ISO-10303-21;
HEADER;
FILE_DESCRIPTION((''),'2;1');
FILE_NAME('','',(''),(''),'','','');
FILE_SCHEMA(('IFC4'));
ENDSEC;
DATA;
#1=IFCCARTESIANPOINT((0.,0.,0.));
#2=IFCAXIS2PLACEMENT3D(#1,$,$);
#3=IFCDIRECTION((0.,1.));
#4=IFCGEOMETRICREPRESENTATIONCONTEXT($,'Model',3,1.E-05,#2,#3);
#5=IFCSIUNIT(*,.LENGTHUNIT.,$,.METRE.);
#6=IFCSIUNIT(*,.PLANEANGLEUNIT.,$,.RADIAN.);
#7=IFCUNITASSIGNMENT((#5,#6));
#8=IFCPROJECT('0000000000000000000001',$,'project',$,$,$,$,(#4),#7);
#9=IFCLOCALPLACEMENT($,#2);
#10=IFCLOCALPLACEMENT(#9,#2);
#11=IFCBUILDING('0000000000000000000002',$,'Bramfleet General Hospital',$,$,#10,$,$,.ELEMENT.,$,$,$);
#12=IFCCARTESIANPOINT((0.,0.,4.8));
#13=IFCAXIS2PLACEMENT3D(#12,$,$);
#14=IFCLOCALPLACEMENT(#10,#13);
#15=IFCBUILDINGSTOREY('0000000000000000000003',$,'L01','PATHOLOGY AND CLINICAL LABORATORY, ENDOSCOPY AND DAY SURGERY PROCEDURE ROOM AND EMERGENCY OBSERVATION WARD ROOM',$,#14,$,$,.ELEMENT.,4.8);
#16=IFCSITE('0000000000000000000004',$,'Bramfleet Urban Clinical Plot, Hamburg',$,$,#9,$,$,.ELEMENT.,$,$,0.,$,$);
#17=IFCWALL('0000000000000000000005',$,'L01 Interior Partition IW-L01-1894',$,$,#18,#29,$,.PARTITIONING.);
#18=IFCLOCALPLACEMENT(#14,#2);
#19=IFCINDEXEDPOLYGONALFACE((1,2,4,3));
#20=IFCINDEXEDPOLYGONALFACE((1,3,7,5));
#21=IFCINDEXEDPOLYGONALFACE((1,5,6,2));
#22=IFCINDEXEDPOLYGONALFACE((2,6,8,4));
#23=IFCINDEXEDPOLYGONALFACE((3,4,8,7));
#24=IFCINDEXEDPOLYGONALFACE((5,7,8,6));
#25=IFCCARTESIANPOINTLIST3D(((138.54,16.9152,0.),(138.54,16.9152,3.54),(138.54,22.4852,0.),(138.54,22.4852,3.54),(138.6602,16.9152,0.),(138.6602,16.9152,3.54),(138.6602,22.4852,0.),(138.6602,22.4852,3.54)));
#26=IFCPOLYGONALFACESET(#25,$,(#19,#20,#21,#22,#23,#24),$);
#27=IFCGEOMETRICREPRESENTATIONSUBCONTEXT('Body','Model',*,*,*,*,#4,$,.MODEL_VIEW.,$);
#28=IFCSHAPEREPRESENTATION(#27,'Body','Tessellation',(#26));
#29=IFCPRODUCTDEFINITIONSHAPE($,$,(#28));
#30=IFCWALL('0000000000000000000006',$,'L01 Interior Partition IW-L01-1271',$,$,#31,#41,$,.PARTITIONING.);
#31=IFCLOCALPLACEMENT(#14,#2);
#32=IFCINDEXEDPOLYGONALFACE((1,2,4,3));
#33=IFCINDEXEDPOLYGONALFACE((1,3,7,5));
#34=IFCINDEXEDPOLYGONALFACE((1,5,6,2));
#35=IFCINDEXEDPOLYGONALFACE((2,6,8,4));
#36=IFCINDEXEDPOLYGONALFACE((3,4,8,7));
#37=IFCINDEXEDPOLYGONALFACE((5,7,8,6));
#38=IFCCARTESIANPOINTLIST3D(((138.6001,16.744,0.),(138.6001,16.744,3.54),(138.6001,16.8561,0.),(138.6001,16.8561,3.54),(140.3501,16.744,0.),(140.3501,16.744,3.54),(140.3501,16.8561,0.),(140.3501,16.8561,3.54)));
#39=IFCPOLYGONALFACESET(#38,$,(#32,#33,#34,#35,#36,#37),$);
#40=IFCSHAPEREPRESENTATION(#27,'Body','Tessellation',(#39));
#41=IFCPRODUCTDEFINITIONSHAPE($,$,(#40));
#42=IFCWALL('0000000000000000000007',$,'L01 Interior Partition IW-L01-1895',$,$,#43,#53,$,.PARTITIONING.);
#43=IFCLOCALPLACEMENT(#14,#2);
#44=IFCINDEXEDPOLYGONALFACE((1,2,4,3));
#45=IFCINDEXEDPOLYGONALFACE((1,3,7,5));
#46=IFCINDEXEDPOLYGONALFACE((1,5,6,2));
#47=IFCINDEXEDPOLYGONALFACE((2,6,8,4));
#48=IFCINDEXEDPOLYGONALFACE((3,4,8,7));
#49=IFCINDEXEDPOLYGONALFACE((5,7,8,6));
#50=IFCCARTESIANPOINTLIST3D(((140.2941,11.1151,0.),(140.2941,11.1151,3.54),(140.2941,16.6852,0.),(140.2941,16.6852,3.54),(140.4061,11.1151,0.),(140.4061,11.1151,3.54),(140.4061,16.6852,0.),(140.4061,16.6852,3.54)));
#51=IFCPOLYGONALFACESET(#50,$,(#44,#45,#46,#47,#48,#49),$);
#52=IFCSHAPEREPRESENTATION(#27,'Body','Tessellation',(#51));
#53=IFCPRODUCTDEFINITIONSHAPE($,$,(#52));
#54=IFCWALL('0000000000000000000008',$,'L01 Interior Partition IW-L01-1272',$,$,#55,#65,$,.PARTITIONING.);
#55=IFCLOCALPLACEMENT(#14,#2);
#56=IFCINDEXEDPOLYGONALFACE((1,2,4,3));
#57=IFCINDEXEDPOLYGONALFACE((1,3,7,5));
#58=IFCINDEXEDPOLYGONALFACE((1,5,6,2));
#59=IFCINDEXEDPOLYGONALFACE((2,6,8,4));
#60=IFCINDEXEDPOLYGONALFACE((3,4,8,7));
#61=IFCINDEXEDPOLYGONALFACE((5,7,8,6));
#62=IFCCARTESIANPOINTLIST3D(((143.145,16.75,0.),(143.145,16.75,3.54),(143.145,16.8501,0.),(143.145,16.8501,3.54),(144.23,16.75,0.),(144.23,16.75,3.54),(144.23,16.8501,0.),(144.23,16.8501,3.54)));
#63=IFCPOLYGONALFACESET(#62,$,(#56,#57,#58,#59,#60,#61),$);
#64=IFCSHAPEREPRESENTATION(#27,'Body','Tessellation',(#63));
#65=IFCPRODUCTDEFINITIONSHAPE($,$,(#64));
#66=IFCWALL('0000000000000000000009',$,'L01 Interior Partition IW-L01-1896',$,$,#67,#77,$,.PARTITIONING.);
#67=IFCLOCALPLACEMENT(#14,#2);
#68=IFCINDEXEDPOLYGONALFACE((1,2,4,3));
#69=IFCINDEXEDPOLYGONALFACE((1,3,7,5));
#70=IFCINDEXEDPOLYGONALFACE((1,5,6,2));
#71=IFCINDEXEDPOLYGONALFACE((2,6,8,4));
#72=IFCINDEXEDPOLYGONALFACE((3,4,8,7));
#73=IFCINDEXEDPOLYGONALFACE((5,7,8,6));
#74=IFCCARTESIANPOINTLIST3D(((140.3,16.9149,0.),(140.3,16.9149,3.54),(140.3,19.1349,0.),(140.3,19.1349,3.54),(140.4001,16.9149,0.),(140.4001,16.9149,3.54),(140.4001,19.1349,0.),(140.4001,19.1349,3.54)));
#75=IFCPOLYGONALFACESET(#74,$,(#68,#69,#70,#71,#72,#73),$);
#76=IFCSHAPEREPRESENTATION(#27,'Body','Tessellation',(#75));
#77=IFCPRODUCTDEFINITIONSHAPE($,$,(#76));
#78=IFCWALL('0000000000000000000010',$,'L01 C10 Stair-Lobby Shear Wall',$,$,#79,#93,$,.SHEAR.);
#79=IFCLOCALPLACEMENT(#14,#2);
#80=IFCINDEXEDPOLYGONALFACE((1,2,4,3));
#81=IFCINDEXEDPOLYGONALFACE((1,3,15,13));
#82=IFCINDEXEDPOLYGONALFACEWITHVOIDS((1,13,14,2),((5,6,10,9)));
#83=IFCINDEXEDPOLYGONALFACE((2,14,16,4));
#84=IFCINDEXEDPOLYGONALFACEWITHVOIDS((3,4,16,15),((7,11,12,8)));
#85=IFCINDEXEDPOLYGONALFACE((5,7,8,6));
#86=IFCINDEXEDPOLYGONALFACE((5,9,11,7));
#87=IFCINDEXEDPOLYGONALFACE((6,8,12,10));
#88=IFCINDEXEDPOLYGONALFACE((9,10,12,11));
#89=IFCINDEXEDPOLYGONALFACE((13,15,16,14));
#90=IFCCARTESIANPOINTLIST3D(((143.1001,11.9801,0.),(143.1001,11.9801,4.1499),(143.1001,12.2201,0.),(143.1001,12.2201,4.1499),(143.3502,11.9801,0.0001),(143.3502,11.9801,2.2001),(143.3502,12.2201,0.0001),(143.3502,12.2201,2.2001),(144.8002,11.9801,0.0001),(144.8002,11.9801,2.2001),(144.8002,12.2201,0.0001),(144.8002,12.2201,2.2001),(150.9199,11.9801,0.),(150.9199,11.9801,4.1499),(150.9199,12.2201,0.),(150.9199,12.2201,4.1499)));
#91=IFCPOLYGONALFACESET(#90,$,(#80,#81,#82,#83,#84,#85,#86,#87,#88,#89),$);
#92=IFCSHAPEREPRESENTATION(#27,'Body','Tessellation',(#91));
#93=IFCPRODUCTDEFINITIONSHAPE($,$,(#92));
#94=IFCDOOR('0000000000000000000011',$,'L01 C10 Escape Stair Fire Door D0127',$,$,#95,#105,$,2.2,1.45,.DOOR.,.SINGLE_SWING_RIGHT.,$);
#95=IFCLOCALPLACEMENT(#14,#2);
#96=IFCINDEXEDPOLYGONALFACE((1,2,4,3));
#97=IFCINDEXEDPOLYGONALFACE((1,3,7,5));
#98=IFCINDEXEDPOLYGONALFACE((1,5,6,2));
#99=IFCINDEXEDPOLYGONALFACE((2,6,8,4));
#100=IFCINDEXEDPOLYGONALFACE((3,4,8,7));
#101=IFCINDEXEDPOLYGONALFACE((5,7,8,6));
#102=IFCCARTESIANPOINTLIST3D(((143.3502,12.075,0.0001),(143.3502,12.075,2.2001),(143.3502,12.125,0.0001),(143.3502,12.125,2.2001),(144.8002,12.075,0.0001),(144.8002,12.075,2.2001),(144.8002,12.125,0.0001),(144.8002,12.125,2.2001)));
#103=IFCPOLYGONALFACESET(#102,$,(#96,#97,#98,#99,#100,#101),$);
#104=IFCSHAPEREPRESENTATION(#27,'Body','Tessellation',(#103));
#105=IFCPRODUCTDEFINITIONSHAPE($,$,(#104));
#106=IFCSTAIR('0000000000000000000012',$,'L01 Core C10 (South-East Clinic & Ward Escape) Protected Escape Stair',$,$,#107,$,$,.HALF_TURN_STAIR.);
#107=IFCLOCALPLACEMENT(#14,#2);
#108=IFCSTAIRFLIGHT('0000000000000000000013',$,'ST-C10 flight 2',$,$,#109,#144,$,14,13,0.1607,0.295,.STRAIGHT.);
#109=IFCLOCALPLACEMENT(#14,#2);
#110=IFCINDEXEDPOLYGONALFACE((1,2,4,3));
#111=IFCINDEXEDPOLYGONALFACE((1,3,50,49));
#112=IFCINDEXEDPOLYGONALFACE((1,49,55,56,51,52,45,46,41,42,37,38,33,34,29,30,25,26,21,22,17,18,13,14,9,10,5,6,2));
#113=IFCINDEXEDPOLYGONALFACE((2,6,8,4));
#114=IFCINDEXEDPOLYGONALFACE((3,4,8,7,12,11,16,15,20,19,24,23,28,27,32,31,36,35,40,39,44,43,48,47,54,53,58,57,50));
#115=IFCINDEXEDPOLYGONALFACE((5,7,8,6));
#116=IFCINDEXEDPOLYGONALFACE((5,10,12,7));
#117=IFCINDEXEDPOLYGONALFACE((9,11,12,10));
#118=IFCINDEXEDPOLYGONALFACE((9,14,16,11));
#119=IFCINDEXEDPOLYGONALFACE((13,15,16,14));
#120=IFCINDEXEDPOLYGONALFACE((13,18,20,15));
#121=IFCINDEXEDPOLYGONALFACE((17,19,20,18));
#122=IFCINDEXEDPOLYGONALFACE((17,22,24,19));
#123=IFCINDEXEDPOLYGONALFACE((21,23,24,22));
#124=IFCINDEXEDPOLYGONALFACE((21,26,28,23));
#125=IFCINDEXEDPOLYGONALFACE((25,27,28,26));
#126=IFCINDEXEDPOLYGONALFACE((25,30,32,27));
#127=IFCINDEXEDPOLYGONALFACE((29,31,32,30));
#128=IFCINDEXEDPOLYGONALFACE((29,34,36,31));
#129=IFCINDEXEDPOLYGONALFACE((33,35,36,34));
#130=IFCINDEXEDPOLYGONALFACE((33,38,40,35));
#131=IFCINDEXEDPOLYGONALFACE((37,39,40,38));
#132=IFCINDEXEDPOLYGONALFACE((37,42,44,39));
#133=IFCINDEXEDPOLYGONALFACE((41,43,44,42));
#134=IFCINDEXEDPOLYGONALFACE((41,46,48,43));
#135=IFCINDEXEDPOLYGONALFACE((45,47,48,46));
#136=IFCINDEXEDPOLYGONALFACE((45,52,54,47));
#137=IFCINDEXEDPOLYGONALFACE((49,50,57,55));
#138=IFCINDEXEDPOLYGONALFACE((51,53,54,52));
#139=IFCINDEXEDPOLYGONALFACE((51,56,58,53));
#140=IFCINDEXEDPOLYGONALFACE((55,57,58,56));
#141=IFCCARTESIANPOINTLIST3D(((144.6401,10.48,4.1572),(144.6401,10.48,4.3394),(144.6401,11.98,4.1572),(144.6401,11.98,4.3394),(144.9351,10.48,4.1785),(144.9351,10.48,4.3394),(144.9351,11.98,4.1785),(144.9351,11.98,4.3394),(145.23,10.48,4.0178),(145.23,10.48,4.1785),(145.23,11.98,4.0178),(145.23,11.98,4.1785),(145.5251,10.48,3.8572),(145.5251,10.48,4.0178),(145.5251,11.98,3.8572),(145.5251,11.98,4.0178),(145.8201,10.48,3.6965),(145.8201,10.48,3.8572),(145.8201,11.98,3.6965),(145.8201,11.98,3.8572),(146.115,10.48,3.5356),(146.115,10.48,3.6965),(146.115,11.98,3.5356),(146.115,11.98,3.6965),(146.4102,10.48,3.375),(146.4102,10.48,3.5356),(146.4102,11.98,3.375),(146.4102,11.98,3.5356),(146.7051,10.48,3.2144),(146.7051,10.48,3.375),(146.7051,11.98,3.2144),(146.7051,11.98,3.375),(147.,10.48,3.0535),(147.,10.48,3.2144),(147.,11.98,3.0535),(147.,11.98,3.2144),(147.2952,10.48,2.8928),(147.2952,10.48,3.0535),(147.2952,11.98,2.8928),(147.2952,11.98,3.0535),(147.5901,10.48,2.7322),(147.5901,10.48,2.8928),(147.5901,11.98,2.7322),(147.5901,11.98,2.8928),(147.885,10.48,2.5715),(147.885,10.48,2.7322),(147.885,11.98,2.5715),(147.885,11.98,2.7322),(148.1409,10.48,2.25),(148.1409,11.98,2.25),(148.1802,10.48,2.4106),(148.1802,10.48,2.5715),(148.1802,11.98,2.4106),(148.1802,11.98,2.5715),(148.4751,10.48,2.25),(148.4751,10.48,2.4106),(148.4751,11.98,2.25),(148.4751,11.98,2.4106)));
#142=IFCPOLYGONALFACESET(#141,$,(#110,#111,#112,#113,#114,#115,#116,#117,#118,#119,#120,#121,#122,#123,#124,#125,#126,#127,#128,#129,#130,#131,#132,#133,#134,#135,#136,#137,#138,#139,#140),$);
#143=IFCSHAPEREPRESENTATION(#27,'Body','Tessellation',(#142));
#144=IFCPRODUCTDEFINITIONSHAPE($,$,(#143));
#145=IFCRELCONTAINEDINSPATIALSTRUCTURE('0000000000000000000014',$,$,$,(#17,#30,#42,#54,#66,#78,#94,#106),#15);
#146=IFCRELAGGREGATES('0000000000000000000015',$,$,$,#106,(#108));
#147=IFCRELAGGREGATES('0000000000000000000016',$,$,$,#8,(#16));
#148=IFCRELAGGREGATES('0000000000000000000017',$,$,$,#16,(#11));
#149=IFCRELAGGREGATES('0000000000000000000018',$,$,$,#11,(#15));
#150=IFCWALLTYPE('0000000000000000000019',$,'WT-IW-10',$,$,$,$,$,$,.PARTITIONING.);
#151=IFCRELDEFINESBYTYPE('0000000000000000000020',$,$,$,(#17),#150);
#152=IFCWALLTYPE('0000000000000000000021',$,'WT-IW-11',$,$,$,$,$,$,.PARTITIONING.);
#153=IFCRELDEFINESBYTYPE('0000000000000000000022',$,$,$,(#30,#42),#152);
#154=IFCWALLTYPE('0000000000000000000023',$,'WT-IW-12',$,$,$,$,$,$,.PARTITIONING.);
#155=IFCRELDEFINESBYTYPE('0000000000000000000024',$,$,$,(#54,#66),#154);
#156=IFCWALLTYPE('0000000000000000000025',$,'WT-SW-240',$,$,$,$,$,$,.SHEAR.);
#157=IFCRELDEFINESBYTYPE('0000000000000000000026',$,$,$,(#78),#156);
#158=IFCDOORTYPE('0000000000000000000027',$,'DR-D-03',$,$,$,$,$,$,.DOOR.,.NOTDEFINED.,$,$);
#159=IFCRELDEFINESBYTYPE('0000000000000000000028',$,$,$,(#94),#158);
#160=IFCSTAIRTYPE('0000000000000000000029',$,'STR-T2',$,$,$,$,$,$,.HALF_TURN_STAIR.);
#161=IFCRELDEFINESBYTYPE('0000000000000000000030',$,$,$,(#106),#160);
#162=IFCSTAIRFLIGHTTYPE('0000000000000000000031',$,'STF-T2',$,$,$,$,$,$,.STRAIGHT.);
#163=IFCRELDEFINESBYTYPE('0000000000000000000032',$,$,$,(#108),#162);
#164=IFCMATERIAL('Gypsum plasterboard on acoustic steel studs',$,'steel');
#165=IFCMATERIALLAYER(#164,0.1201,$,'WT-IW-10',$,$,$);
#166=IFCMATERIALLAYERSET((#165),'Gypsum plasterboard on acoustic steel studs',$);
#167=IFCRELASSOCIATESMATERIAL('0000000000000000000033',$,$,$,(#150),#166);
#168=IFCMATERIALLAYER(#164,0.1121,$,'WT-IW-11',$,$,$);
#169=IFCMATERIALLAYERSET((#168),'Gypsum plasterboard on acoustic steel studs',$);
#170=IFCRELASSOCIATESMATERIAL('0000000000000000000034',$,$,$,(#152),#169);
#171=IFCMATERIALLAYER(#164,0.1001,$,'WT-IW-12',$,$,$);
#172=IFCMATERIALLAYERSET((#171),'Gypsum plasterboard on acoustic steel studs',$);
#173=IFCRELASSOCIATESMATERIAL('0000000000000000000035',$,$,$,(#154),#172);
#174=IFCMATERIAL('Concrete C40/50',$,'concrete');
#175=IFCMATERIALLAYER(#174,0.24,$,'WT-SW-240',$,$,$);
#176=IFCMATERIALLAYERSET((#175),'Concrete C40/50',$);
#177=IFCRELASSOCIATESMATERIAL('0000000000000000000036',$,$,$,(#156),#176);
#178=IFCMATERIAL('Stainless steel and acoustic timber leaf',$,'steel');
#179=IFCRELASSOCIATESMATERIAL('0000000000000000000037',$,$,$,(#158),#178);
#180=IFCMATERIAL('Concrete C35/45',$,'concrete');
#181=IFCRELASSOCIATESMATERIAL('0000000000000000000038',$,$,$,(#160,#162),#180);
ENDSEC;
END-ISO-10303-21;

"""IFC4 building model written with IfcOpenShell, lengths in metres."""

from ifc_helpers import new_model, si_unit, direction, frame, frame_2d, origin, place, context, subcontext, project, spatial, polyline, rectangle, outline, extrude, material, layer, layer_set, type_object, element, fill, aggregate, save


model = new_model("IFC4")

# Units and contexts
model_context = context("Model", 3, precision=1e-05, world=origin(), true_north=direction((0.0, 1.0)))
body_context = subcontext(model_context, "Body", "Model", "MODEL_VIEW")
ifc_project = project(units=[si_unit("LENGTHUNIT", "METRE"), si_unit("PLANEANGLEUNIT", "RADIAN")], contexts=[model_context])

# Site, building, storey
site_placement = place(None, origin())
site = spatial("IfcSite", under=ifc_project, at=site_placement, Name="Bramfleet Urban Clinical Plot, Hamburg", CompositionType="ELEMENT", RefElevation=0.0)
building_placement = place(site_placement, origin())
building = spatial("IfcBuilding", under=site, at=building_placement, Name="Bramfleet General Hospital", CompositionType="ELEMENT")
storey_placement = place(building_placement, frame((0.0, 0.0, 4.8)))
storey = spatial("IfcBuildingStorey", under=building, at=storey_placement, Name="L01", Description="PATHOLOGY AND CLINICAL LABORATORY, ENDOSCOPY AND DAY SURGERY PROCEDURE ROOM AND EMERGENCY OBSERVATION WARD ROOM", CompositionType="ELEMENT", Elevation=4.8)

# Shared definitions
ifc_material_1 = material(Name="Concrete C40/50", Category="concrete")

# Shared definitions
ifc_material_2 = material(Name="Concrete C35/45", Category="concrete")

# Shared definitions
ifc_material_3 = material(Name="Stainless steel and acoustic timber leaf", Category="steel")

# Walls
ifc_material_4 = material(Name="Gypsum plasterboard on acoustic steel studs", Category="steel")
ifc_layer_1 = layer(ifc_material_4, 0.1201, Name="WT-IW-10")
ifc_layer_set_1 = layer_set([ifc_layer_1], Name="Gypsum plasterboard on acoustic steel studs")
wall_type_1 = type_object("IfcWallType", Name="WT-IW-10", PredefinedType="PARTITIONING", material=ifc_layer_set_1)
wall_1_placement = place(storey_placement, frame((138.6001, 16.915, 0.0), z_axis=(0.0, 0.0, 1.0), x_axis=(0.0, 1.0, 0.0)))
element("IfcWall", 1, at=wall_1_placement, inside=storey, type_object=wall_type_1, Name="L01 Interior Partition IW-L01-1894", PredefinedType="PARTITIONING", context=body_context, shape_type="SweptSolid", body=[
    extrude(rectangle(XDim=5.5701, YDim=0.1201, at=frame_2d((2.7852, 0.0))), origin(), (0.0, 0.0, 1.0), 3.54),
])
ifc_layer_2 = layer(ifc_material_4, 0.1121, Name="WT-IW-11")
ifc_layer_set_2 = layer_set([ifc_layer_2], Name="Gypsum plasterboard on acoustic steel studs")
wall_type_2 = type_object("IfcWallType", Name="WT-IW-11", PredefinedType="PARTITIONING", material=ifc_layer_set_2)
wall_2_placement = place(storey_placement, frame((138.6001, 16.8, 0.0), z_axis=(0.0, 0.0, 1.0), x_axis=(1.0, 0.0, 0.0)))
element("IfcWall", 2, at=wall_2_placement, inside=storey, type_object=wall_type_2, Name="L01 Interior Partition IW-L01-1271", PredefinedType="PARTITIONING", context=body_context, shape_type="SweptSolid", body=[
    extrude(rectangle(XDim=1.75, YDim=0.1121, at=frame_2d((0.875, 0.0))), origin(), (0.0, 0.0, 1.0), 3.54),
])
wall_3_placement = place(storey_placement, frame((140.3501, 11.115, 0.0), z_axis=(0.0, 0.0, 1.0), x_axis=(0.0, 1.0, 0.0)))
element("IfcWall", 3, at=wall_3_placement, inside=storey, type_object=wall_type_2, Name="L01 Interior Partition IW-L01-1895", PredefinedType="PARTITIONING", context=body_context, shape_type="SweptSolid", body=[
    extrude(rectangle(XDim=5.5701, YDim=0.1121, at=frame_2d((2.7852, 0.0))), origin(), (0.0, 0.0, 1.0), 3.54),
])
ifc_layer_3 = layer(ifc_material_4, 0.1001, Name="WT-IW-12")
ifc_layer_set_3 = layer_set([ifc_layer_3], Name="Gypsum plasterboard on acoustic steel studs")
wall_type_3 = type_object("IfcWallType", Name="WT-IW-12", PredefinedType="PARTITIONING", material=ifc_layer_set_3)
wall_4_placement = place(storey_placement, frame((143.145, 16.8, 0.0), z_axis=(0.0, 0.0, 1.0), x_axis=(1.0, 0.0, 0.0)))
element("IfcWall", 4, at=wall_4_placement, inside=storey, type_object=wall_type_3, Name="L01 Interior Partition IW-L01-1272", PredefinedType="PARTITIONING", context=body_context, shape_type="SweptSolid", body=[
    extrude(rectangle(XDim=1.085, YDim=0.1001, at=frame_2d((0.5425, 0.0))), origin(), (0.0, 0.0, 1.0), 3.54),
])
wall_5_placement = place(storey_placement, frame((140.3501, 16.915, 0.0), z_axis=(0.0, 0.0, 1.0), x_axis=(0.0, 1.0, 0.0)))
element("IfcWall", 5, at=wall_5_placement, inside=storey, type_object=wall_type_3, Name="L01 Interior Partition IW-L01-1896", PredefinedType="PARTITIONING", context=body_context, shape_type="SweptSolid", body=[
    extrude(rectangle(XDim=2.22, YDim=0.1001, at=frame_2d((1.1099, 0.0))), origin(), (0.0, 0.0, 1.0), 3.54),
])

# Wall, opening, door
ifc_layer_4 = layer(ifc_material_1, 0.24, Name="WT-SW-240")
ifc_layer_set_4 = layer_set([ifc_layer_4], Name="Concrete C40/50")
wall_type_4 = type_object("IfcWallType", Name="WT-SW-240", PredefinedType="SHEAR", material=ifc_layer_set_4)
wall_6_placement = place(storey_placement, frame((143.1001, 12.1001, 0.0), z_axis=(0.0, 0.0, 1.0), x_axis=(1.0, 0.0, 0.0)))
wall_6 = element("IfcWall", 6, at=wall_6_placement, inside=storey, type_object=wall_type_4, Name="L01 C10 Stair-Lobby Shear Wall", PredefinedType="SHEAR", context=body_context, shape_type="SweptSolid", body=[
    extrude(rectangle(XDim=7.8198, YDim=0.24, at=frame_2d((3.9099, 0.0))), origin(), (0.0, 0.0, 1.0), 4.1499),
])
opening_1_placement = place(wall_6_placement, frame((0.25, 0.0, 0.0)))
opening_1 = element("IfcOpeningElement", 7, at=opening_1_placement, cuts=wall_6, PredefinedType="OPENING", context=body_context, shape_type="SweptSolid", body=[
    extrude(rectangle(XDim=1.45, YDim=2.2, at=frame_2d((0.7251, 1.1001))), frame((0.0, 0.1299, 0.0), z_axis=(0.0, -1.0, 0.0), x_axis=(1.0, 0.0, 0.0)), (0.0, 0.0, 1.0), 0.26),
])
door_type_1 = type_object("IfcDoorType", Name="DR-D-03", OperationType="NOTDEFINED", PredefinedType="DOOR", material=ifc_material_3)
door_1_placement = place(opening_1_placement, origin())
door_1 = element("IfcDoor", 8, at=door_1_placement, inside=storey, type_object=door_type_1, Name="L01 C10 Escape Stair Fire Door D0127", OperationType="SINGLE_SWING_RIGHT", OverallHeight=2.2, OverallWidth=1.45, PredefinedType="DOOR", context=body_context, shape_type="SweptSolid", body=[
    extrude(rectangle(XDim=1.45, YDim=2.2, at=frame_2d((0.7251, 1.1001))), frame((0.0, 0.0249, 0.0), z_axis=(0.0, -1.0, 0.0), x_axis=(1.0, 0.0, 0.0)), (0.0, 0.0, 1.0), 0.05),
])
fill(opening_1, door_1)

# Stair, stair flight
stair_type = type_object("IfcStairType", Name="STR-T2", PredefinedType="HALF_TURN_STAIR", material=ifc_material_2)
stair_placement = place(storey_placement, origin())
stair = element("IfcStair", 9, at=stair_placement, inside=storey, type_object=stair_type, Name="L01 Core C10 (South-East Clinic & Ward Escape) Protected Escape Stair", PredefinedType="HALF_TURN_STAIR")
stair_flight_type = type_object("IfcStairFlightType", Name="STF-T2", PredefinedType="STRAIGHT", material=ifc_material_2)
stair_flight_placement = place(storey_placement, frame((148.4751, 11.23, 2.25), z_axis=(0.0, 0.0, 1.0), x_axis=(-1.0, 0.0, 0.0)))
stair_flight = element("IfcStairFlight", 10, at=stair_flight_placement, type_object=stair_flight_type, Name="ST-C10 flight 2", NumberOfRisers=14, NumberOfTreads=13, PredefinedType="STRAIGHT", RiserHeight=0.1607, TreadLength=0.295, context=body_context, shape_type="SweptSolid", body=[
    extrude(outline(polyline([(0.0, 0.0), (0.0, 0.1606), (0.2949, 0.1606), (0.2949, 0.3215), (0.5901, 0.3215), (0.5901, 0.4822), (0.885, 0.4822), (0.885, 0.6428), (1.1799, 0.6428), (1.1799, 0.8035), (1.4751, 0.8035), (1.4751, 0.9644), (1.77, 0.9644), (1.77, 1.125), (2.0649, 1.125), (2.0649, 1.2856), (2.3601, 1.2856), (2.3601, 1.4465), (2.655, 1.4465), (2.655, 1.6072), (2.95, 1.6072), (2.95, 1.7678), (3.2451, 1.7678), (3.2451, 1.9285), (3.54, 1.9285), (3.54, 2.0894), (3.835, 2.0894), (3.835, 2.25), (3.835, 1.9072), (0.3342, 0.0), (0.0, 0.0)])), frame((0.0, 0.75, 0.0), z_axis=(0.0, -1.0, 0.0), x_axis=(1.0, 0.0, 0.0)), (0.0, 0.0, 1.0), 1.5),
])
aggregate(stair, [stair_flight])

save(model, "model.ifc")
